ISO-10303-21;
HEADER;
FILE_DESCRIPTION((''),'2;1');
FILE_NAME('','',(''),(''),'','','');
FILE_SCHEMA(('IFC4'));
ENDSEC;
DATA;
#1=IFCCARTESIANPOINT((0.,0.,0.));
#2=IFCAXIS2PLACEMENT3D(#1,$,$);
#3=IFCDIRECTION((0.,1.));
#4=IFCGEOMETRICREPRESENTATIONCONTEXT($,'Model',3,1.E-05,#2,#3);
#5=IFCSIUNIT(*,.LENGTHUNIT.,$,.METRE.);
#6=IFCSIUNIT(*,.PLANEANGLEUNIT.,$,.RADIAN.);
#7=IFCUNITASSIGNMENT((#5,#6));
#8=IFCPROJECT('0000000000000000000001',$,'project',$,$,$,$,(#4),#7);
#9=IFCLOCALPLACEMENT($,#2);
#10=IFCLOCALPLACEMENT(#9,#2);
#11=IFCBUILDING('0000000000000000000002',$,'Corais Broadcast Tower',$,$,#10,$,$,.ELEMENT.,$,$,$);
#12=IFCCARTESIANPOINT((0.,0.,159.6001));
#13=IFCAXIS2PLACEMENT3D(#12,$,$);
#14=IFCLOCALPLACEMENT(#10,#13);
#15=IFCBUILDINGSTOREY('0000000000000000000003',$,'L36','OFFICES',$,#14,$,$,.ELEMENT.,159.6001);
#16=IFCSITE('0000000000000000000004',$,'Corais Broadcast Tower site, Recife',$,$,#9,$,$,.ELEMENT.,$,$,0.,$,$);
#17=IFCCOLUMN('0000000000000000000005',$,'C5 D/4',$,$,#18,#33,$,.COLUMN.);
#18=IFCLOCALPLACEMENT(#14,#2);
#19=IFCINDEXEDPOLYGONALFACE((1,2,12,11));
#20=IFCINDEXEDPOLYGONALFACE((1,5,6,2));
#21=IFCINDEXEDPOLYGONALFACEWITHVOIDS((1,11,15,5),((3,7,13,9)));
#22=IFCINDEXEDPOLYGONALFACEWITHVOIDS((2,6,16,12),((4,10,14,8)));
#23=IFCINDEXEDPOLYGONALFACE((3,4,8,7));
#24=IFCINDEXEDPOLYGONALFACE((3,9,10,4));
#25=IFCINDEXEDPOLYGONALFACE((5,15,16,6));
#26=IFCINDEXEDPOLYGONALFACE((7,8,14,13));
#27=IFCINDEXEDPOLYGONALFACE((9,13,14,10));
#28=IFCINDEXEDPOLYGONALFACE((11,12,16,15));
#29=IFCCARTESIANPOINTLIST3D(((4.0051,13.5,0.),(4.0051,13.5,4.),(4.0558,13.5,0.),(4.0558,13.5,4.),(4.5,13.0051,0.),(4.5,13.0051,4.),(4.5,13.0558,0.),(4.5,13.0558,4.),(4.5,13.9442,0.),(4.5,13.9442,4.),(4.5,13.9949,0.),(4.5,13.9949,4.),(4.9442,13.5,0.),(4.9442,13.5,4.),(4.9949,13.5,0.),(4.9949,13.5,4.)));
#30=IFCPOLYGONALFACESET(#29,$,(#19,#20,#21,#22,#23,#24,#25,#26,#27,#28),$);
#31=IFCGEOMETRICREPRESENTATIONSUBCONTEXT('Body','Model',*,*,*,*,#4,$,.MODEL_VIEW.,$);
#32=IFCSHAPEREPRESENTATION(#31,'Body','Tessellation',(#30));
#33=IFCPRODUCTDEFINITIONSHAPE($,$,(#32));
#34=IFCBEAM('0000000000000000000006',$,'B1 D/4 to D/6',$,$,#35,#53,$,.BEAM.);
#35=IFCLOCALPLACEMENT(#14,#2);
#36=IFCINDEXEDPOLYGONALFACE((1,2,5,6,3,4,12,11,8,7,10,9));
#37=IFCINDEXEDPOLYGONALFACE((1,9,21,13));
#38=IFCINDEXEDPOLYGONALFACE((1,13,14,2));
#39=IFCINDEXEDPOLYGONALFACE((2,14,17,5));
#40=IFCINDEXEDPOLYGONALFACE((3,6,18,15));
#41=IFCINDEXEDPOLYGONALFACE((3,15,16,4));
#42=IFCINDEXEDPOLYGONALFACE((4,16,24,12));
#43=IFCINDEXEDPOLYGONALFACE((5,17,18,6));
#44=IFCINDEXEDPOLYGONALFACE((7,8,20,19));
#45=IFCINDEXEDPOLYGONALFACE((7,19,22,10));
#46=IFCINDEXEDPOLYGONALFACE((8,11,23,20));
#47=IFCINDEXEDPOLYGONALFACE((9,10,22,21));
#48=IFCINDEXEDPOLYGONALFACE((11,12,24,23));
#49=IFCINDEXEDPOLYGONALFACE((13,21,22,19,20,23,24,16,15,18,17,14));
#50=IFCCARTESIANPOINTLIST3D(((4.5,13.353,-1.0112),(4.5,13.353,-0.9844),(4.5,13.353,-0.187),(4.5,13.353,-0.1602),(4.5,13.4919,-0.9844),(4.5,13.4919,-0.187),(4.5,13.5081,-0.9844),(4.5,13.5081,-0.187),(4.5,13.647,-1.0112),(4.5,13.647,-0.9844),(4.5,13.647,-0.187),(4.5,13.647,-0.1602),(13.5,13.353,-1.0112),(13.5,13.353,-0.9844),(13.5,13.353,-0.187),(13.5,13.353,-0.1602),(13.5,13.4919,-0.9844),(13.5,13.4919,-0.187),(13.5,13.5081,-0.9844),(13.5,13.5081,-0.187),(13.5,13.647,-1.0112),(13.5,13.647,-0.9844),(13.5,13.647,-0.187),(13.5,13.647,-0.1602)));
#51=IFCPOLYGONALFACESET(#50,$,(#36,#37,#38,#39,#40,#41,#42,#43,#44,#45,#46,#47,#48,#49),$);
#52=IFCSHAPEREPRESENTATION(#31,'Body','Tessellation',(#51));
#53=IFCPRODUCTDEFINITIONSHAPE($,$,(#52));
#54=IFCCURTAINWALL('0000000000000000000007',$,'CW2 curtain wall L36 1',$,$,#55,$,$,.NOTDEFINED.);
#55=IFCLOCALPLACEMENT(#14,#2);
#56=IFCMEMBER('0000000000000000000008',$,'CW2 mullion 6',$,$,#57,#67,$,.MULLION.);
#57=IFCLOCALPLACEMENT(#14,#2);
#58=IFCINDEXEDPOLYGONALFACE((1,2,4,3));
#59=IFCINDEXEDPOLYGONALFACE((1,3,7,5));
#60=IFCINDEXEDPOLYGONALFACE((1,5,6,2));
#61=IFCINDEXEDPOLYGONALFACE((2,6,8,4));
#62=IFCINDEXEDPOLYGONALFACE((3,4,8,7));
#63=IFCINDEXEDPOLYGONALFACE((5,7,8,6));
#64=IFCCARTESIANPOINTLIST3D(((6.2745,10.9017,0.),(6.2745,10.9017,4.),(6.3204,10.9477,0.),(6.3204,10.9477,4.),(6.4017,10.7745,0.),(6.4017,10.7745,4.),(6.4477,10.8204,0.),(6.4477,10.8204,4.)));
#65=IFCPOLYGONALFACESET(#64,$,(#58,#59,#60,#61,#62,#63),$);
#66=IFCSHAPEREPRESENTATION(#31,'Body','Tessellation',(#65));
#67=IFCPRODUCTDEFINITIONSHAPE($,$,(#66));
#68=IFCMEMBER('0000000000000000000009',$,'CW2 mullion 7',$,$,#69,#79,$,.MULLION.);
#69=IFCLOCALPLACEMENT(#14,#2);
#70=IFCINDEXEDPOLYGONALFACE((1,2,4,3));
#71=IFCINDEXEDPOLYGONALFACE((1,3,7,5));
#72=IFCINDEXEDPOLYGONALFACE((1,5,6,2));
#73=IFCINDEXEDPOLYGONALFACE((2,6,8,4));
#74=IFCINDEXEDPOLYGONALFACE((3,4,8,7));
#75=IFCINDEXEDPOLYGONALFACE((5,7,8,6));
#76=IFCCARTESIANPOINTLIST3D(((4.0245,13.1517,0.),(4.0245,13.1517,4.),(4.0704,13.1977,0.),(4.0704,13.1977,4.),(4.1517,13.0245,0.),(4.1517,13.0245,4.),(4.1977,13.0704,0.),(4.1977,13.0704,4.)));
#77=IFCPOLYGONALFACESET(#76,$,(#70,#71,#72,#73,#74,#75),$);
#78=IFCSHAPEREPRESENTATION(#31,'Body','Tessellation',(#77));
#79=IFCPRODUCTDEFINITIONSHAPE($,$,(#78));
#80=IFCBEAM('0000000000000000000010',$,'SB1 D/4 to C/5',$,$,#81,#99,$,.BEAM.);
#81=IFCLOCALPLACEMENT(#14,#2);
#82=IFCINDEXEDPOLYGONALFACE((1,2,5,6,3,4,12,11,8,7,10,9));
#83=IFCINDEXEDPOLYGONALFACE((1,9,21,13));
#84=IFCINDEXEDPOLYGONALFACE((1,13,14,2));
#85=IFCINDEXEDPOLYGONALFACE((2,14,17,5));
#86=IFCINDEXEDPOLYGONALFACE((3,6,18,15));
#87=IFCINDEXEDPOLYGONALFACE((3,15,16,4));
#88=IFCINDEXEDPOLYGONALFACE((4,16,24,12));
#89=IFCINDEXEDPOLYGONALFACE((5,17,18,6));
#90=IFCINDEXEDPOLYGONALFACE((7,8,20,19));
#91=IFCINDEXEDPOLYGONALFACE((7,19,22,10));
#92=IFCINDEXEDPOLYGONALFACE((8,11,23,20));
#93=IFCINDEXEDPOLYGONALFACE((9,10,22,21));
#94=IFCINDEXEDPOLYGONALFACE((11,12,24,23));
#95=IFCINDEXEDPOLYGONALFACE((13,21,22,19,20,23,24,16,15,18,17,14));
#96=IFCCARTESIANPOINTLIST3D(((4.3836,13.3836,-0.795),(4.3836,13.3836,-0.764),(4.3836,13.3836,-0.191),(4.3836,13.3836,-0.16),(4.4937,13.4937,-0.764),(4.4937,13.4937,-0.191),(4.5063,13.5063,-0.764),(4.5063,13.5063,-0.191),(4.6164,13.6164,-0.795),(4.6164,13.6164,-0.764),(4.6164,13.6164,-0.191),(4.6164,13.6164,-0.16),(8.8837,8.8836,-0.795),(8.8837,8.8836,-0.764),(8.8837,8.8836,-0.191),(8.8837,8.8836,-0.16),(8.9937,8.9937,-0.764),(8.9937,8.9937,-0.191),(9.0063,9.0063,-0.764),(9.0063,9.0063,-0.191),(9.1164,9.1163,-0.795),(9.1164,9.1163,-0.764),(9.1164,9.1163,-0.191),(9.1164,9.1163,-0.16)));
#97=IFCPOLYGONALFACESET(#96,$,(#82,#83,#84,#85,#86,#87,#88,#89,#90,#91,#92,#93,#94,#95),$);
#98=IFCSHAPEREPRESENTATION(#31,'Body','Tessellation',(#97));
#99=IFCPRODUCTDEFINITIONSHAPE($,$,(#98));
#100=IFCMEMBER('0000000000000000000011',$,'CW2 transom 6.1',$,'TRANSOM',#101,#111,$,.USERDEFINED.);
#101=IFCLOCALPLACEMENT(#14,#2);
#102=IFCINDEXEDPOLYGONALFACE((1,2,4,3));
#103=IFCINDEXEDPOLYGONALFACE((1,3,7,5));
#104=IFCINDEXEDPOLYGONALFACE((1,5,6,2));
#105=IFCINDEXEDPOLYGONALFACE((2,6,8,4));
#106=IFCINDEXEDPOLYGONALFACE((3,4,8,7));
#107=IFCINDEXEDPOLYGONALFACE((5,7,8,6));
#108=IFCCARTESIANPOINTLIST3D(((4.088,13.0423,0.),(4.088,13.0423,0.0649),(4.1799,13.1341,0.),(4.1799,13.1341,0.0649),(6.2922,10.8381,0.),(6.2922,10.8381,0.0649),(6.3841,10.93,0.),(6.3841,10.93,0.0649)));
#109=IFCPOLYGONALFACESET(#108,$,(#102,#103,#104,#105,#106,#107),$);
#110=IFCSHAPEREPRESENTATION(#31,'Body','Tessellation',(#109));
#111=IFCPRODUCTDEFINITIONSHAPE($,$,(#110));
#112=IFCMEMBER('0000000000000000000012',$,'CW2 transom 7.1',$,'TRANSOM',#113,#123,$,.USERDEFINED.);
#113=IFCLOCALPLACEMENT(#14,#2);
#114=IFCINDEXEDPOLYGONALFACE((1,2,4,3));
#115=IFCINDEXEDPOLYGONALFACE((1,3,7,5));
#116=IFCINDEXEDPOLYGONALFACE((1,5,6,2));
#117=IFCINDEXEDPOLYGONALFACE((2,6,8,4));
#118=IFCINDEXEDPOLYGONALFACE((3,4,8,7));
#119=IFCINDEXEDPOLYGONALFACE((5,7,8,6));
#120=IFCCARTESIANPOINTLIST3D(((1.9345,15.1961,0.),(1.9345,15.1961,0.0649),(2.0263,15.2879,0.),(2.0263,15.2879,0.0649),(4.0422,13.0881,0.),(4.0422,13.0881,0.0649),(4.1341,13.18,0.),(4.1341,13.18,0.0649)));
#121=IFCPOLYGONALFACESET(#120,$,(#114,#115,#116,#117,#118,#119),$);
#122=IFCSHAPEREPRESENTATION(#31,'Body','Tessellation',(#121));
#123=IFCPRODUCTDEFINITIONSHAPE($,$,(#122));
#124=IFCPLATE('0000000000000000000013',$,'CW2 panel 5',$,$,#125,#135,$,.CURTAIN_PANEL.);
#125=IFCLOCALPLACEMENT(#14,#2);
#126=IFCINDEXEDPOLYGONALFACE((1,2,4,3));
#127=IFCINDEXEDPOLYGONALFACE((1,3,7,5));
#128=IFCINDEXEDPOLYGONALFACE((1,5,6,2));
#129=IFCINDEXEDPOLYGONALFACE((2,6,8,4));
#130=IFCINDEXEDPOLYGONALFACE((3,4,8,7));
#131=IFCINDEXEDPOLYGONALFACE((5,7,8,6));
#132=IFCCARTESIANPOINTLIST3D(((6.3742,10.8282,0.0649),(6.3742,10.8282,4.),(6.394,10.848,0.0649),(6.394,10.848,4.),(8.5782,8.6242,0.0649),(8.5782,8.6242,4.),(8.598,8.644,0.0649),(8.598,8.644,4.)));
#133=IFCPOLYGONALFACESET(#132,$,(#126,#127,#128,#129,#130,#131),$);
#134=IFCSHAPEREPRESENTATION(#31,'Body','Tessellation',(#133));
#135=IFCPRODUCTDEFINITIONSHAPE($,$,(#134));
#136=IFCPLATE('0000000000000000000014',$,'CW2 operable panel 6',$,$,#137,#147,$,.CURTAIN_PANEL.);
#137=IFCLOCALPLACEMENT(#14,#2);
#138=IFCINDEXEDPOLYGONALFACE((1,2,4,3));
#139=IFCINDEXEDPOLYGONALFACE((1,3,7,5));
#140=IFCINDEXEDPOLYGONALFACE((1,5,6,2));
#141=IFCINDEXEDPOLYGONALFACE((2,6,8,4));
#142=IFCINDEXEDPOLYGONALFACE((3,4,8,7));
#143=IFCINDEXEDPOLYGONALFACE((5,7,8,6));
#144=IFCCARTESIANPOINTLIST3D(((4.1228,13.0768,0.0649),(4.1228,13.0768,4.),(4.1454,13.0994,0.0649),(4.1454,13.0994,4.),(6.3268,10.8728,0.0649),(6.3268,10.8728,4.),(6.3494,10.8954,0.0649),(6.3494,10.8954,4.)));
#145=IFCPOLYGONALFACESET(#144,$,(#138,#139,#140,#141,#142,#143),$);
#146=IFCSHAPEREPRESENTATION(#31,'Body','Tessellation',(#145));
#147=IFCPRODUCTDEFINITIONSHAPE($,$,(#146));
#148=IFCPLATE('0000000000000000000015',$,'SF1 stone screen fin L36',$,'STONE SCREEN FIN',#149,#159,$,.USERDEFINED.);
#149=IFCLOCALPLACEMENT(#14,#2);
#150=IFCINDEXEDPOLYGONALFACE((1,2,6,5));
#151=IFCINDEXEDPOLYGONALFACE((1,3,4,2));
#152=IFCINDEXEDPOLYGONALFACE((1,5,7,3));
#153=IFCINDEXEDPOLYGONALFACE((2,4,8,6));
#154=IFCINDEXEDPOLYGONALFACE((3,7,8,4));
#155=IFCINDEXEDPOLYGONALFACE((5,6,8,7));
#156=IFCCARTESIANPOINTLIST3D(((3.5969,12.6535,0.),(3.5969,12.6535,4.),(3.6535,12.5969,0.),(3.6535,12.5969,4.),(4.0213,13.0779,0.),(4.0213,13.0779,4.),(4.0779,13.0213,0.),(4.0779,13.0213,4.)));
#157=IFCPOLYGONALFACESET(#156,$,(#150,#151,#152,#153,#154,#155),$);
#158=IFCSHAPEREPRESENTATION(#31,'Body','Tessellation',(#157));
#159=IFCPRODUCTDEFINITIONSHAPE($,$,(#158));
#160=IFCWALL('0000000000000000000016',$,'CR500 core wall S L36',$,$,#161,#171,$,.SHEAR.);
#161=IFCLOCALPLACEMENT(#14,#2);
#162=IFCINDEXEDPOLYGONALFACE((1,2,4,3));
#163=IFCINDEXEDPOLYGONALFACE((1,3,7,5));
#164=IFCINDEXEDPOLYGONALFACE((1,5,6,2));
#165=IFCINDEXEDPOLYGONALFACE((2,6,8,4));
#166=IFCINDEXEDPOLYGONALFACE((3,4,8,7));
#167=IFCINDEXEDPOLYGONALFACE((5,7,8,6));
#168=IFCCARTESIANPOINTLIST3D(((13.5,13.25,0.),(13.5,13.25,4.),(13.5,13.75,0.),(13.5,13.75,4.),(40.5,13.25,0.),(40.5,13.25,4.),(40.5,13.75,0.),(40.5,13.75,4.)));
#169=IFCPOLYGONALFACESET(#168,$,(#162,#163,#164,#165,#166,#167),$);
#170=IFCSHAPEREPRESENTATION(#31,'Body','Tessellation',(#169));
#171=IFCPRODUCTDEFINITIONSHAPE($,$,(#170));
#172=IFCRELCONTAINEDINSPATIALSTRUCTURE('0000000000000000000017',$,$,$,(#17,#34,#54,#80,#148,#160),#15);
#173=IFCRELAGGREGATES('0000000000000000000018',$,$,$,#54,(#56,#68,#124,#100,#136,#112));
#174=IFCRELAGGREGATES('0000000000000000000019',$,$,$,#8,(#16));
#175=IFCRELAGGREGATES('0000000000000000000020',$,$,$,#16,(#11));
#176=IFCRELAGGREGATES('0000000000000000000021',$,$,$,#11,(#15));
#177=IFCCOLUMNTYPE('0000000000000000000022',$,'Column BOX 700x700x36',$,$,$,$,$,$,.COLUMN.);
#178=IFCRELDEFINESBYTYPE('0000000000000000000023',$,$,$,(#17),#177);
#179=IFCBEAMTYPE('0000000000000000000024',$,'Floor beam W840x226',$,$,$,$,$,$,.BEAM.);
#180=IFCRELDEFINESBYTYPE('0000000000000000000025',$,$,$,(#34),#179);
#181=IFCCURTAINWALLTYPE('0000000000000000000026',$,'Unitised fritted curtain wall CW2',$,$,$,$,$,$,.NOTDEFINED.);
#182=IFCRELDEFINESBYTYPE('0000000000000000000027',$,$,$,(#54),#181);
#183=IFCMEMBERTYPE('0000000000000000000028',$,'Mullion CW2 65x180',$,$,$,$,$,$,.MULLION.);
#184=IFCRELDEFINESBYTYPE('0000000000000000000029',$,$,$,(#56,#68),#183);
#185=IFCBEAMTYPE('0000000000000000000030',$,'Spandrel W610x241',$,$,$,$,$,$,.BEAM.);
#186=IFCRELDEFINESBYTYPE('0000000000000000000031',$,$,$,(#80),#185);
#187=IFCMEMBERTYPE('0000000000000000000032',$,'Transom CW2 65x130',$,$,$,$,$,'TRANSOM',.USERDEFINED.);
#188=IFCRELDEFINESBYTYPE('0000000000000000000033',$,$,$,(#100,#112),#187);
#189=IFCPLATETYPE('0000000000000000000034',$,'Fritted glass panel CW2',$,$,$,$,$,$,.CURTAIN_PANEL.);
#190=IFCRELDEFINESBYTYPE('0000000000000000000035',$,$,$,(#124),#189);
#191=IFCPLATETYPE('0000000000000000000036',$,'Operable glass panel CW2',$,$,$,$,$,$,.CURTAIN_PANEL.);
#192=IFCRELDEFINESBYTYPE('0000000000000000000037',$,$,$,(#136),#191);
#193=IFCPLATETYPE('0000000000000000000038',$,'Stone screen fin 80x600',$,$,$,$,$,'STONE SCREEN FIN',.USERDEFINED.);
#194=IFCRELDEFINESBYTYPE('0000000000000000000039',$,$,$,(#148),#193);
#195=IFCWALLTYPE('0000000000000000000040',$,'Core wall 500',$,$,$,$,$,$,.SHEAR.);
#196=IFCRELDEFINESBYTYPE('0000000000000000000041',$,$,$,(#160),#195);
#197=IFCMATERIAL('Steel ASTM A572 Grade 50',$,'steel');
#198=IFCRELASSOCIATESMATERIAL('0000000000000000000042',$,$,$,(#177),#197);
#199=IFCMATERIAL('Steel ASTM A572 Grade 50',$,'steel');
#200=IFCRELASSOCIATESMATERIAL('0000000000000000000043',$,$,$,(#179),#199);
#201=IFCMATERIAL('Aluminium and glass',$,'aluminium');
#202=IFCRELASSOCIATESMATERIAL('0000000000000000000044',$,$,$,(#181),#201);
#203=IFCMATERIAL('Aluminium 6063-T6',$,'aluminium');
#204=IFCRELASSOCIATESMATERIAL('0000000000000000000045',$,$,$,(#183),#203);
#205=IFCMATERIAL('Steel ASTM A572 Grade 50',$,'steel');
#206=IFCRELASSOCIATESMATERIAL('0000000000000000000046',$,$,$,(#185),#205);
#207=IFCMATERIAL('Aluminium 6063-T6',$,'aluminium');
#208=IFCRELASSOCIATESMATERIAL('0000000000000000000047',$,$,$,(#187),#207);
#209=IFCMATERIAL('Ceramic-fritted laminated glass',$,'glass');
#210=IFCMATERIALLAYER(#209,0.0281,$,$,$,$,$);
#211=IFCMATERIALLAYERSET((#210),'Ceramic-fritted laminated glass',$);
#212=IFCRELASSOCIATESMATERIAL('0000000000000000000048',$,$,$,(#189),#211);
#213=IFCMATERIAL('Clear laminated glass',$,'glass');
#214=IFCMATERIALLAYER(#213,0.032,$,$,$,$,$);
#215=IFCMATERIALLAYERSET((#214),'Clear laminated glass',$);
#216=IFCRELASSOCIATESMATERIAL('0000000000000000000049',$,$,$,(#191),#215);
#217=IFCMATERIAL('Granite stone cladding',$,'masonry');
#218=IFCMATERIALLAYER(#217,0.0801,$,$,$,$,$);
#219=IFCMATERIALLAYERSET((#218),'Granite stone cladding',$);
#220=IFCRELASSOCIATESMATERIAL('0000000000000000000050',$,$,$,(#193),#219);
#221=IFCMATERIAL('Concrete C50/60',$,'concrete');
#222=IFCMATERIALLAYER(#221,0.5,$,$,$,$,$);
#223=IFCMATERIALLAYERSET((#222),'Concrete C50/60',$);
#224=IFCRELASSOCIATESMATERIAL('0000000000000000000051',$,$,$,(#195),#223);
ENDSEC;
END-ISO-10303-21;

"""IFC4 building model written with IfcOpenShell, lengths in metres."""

from ifc_helpers import new_model, si_unit, direction, frame, frame_2d, origin, origin_2d, place, context, subcontext, project, spatial, rectangle, hollow_rectangle, i_section, extrude, material, layer, layer_set, material_profile, profile_set, type_object, element, aggregate, save


model = new_model("IFC4")

# Units and contexts
model_context = context("Model", 3, precision=1e-05, world=origin(), true_north=direction((0.0, 1.0)))
body_context = subcontext(model_context, "Body", "Model", "MODEL_VIEW")
ifc_project = project(units=[si_unit("LENGTHUNIT", "METRE"), si_unit("PLANEANGLEUNIT", "RADIAN")], contexts=[model_context])

# Site, building, storey
site_placement = place(None, origin())
site = spatial("IfcSite", under=ifc_project, at=site_placement, Name="Corais Broadcast Tower site, Recife", CompositionType="ELEMENT", RefElevation=0.0)
building_placement = place(site_placement, origin())
building = spatial("IfcBuilding", under=site, at=building_placement, Name="Corais Broadcast Tower", CompositionType="ELEMENT")
storey_placement = place(building_placement, frame((0.0, 0.0, 159.6001)))
storey = spatial("IfcBuildingStorey", under=building, at=storey_placement, Name="L36", Description="OFFICES", CompositionType="ELEMENT", Elevation=159.6001)

# Column
ifc_material_1 = material(Name="Steel ASTM A572 Grade 50", Category="steel")
ifc_material_profile_1 = material_profile(ifc_material_1, hollow_rectangle(XDim=0.7, YDim=0.7, WallThickness=0.0359, at=origin_2d()), Name="BOX 700x700x36")
ifc_profile_set_1 = profile_set([ifc_material_profile_1], Name="Steel ASTM A572 Grade 50")
column_type = type_object("IfcColumnType", Name="Column BOX 700x700x36", PredefinedType="COLUMN", material=ifc_profile_set_1)
column_placement = place(storey_placement, frame((4.5, 13.5, 0.0), z_axis=(0.0, 0.0, 1.0), x_axis=(0.707107, 0.707107, 0.0)))
element("IfcColumn", 1, at=column_placement, inside=storey, type_object=column_type, Name="C5 D/4", PredefinedType="COLUMN", context=body_context, shape_type="SweptSolid", body=[
    extrude(hollow_rectangle(XDim=0.7, YDim=0.7, WallThickness=0.0359, at=origin_2d()), origin(), (0.0, 0.0, 1.0), 4.0),
])

# Beam
ifc_material_2 = material(Name="Steel ASTM A572 Grade 50", Category="steel")
ifc_material_profile_2 = material_profile(ifc_material_2, i_section(OverallWidth=0.2939, OverallDepth=0.8511, WebThickness=0.0161, FlangeThickness=0.0269, at=origin_2d()), Name="W840x226")
ifc_profile_set_2 = profile_set([ifc_material_profile_2], Name="Steel ASTM A572 Grade 50")
beam_type_1 = type_object("IfcBeamType", Name="Floor beam W840x226", PredefinedType="BEAM", material=ifc_profile_set_2)
beam_1_placement = place(storey_placement, frame((4.5, 13.5, -0.5857), z_axis=(1.0, 0.0, 0.0), x_axis=(0.0, 1.0, 0.0)))
element("IfcBeam", 2, at=beam_1_placement, inside=storey, type_object=beam_type_1, Name="B1 D/4 to D/6", PredefinedType="BEAM", context=body_context, shape_type="SweptSolid", body=[
    extrude(i_section(OverallWidth=0.2939, OverallDepth=0.8511, WebThickness=0.0161, FlangeThickness=0.0269, at=origin_2d()), origin(), (0.0, 0.0, 1.0), 9.0),
])

# Curtain wall, members
ifc_material_3 = material(Name="Aluminium and glass", Category="aluminium")
curtain_wall_type = type_object("IfcCurtainWallType", Name="Unitised fritted curtain wall CW2", PredefinedType="NOTDEFINED", material=ifc_material_3)
curtain_wall_placement = place(storey_placement, origin())
curtain_wall = element("IfcCurtainWall", 3, at=curtain_wall_placement, inside=storey, type_object=curtain_wall_type, Name="CW2 curtain wall L36 1", PredefinedType="NOTDEFINED")
ifc_material_4 = material(Name="Aluminium 6063-T6", Category="aluminium")
ifc_material_profile_3 = material_profile(ifc_material_4, rectangle(XDim=0.0649, YDim=0.1799, at=origin_2d()), Name="Mullion CW2 65x180")
ifc_profile_set_3 = profile_set([ifc_material_profile_3], Name="Aluminium 6063-T6")
member_type_1 = type_object("IfcMemberType", Name="Mullion CW2 65x180", PredefinedType="MULLION", material=ifc_profile_set_3)
member_1_placement = place(storey_placement, frame((6.3611, 10.8611, 0.0), z_axis=(0.0, 0.0, 1.0), x_axis=(-0.707107, -0.707107, 0.0)))
member_1 = element("IfcMember", 4, at=member_1_placement, type_object=member_type_1, Name="CW2 mullion 6", PredefinedType="MULLION", context=body_context, shape_type="SweptSolid", body=[
    extrude(rectangle(XDim=0.0649, YDim=0.1799, at=origin_2d()), origin(), (0.0, 0.0, 1.0), 4.0),
])
member_2_placement = place(storey_placement, frame((4.1111, 13.1111, 0.0), z_axis=(0.0, 0.0, 1.0), x_axis=(-0.707107, -0.707107, 0.0)))
member_2 = element("IfcMember", 5, at=member_2_placement, type_object=member_type_1, Name="CW2 mullion 7", PredefinedType="MULLION", context=body_context, shape_type="SweptSolid", body=[
    extrude(rectangle(XDim=0.0649, YDim=0.1799, at=origin_2d()), origin(), (0.0, 0.0, 1.0), 4.0),
])

# Beam
ifc_material_5 = material(Name="Steel ASTM A572 Grade 50", Category="steel")
ifc_material_profile_4 = material_profile(ifc_material_5, i_section(OverallWidth=0.3291, OverallDepth=0.635, WebThickness=0.0178, FlangeThickness=0.031, at=origin_2d()), Name="W610x241")
ifc_profile_set_4 = profile_set([ifc_material_profile_4], Name="Steel ASTM A572 Grade 50")
beam_type_2 = type_object("IfcBeamType", Name="Spandrel W610x241", PredefinedType="BEAM", material=ifc_profile_set_4)
beam_2_placement = place(storey_placement, frame((4.5, 13.5, -0.4775), z_axis=(0.707107, -0.707107, 0.0), x_axis=(0.707107, 0.707107, 0.0)))
element("IfcBeam", 6, at=beam_2_placement, inside=storey, type_object=beam_type_2, Name="SB1 D/4 to C/5", PredefinedType="BEAM", context=body_context, shape_type="SweptSolid", body=[
    extrude(i_section(OverallWidth=0.3291, OverallDepth=0.635, WebThickness=0.0178, FlangeThickness=0.031, at=origin_2d()), origin(), (0.0, 0.0, 1.0), 6.364),
])

# Members
ifc_material_6 = material(Name="Aluminium 6063-T6", Category="aluminium")
ifc_material_profile_5 = material_profile(ifc_material_6, rectangle(XDim=0.1299, YDim=0.0649, at=origin_2d()), Name="Transom CW2 65x130")
ifc_profile_set_5 = profile_set([ifc_material_profile_5], Name="Aluminium 6063-T6")
member_type_2 = type_object("IfcMemberType", Name="Transom CW2 65x130", ElementType="TRANSOM", PredefinedType="USERDEFINED", material=ifc_profile_set_5)
member_3_placement = place(storey_placement, frame((6.3381, 10.884, 0.0325), z_axis=(-0.707107, 0.707107, 0.0), x_axis=(-0.707107, -0.707107, 0.0)))
member_3 = element("IfcMember", 7, at=member_3_placement, type_object=member_type_2, Name="CW2 transom 6.1", ObjectType="TRANSOM", PredefinedType="USERDEFINED", context=body_context, shape_type="SweptSolid", body=[
    extrude(rectangle(XDim=0.1299, YDim=0.0649, at=origin_2d()), origin(), (0.0, 0.0, 1.0), 3.1172),
])
member_4_placement = place(storey_placement, frame((4.0881, 13.134, 0.0325), z_axis=(-0.707066, 0.707148, 0.0), x_axis=(-0.707148, -0.707066, 0.0)))
member_4 = element("IfcMember", 8, at=member_4_placement, type_object=member_type_2, Name="CW2 transom 7.1", ObjectType="TRANSOM", PredefinedType="USERDEFINED", context=body_context, shape_type="SweptSolid", body=[
    extrude(rectangle(XDim=0.1299, YDim=0.0649, at=origin_2d()), origin(), (0.0, 0.0, 1.0), 2.981),
])

# Plates
ifc_material_7 = material(Name="Ceramic-fritted laminated glass", Category="glass")
ifc_layer_1 = layer(ifc_material_7, 0.0281)
ifc_layer_set_1 = layer_set([ifc_layer_1], Name="Ceramic-fritted laminated glass")
plate_type_1 = type_object("IfcPlateType", Name="Fritted glass panel CW2", PredefinedType="CURTAIN_PANEL", material=ifc_layer_set_1)
plate_1_placement = place(storey_placement, frame((7.4861, 9.7361, 0.0649), z_axis=(0.0, 0.0, 1.0), x_axis=(-0.707107, 0.707107, 0.0)))
plate_1 = element("IfcPlate", 9, at=plate_1_placement, type_object=plate_type_1, Name="CW2 panel 5", PredefinedType="CURTAIN_PANEL", context=body_context, shape_type="SweptSolid", body=[
    extrude(rectangle(XDim=3.1169, YDim=0.0281, at=origin_2d()), origin(), (0.0, 0.0, 1.0), 3.9351),
])
ifc_material_8 = material(Name="Clear laminated glass", Category="glass")
ifc_layer_2 = layer(ifc_material_8, 0.032)
ifc_layer_set_2 = layer_set([ifc_layer_2], Name="Clear laminated glass")
plate_type_2 = type_object("IfcPlateType", Name="Operable glass panel CW2", PredefinedType="CURTAIN_PANEL", material=ifc_layer_set_2)
plate_2_placement = place(storey_placement, frame((5.2361, 11.9861, 0.0649), z_axis=(0.0, 0.0, 1.0), x_axis=(-0.707107, 0.707107, 0.0)))
plate_2 = element("IfcPlate", 10, at=plate_2_placement, type_object=plate_type_2, Name="CW2 operable panel 6", PredefinedType="CURTAIN_PANEL", context=body_context, shape_type="SweptSolid", body=[
    extrude(rectangle(XDim=3.1169, YDim=0.032, at=origin_2d()), origin(), (0.0, 0.0, 1.0), 3.9351),
])
aggregate(curtain_wall, [member_1, member_2, plate_1, member_3, plate_2, member_4])
ifc_material_9 = material(Name="Granite stone cladding", Category="masonry")
ifc_layer_3 = layer(ifc_material_9, 0.0801)
ifc_layer_set_3 = layer_set([ifc_layer_3], Name="Granite stone cladding")
plate_type_3 = type_object("IfcPlateType", Name="Stone screen fin 80x600", ElementType="STONE SCREEN FIN", PredefinedType="USERDEFINED", material=ifc_layer_set_3)
plate_3_placement = place(storey_placement, frame((3.8374, 12.8374, 0.0), z_axis=(0.0, 0.0, 1.0), x_axis=(-0.707107, 0.707107, 0.0)))
element("IfcPlate", 11, at=plate_3_placement, inside=storey, type_object=plate_type_3, Name="SF1 stone screen fin L36", ObjectType="STONE SCREEN FIN", PredefinedType="USERDEFINED", context=body_context, shape_type="SweptSolid", body=[
    extrude(rectangle(XDim=0.0801, YDim=0.6001, at=origin_2d()), origin(), (0.0, 0.0, 1.0), 4.0),
])

# Wall
ifc_material_10 = material(Name="Concrete C50/60", Category="concrete")
ifc_layer_4 = layer(ifc_material_10, 0.5)
ifc_layer_set_4 = layer_set([ifc_layer_4], Name="Concrete C50/60")
wall_type_1 = type_object("IfcWallType", Name="Core wall 500", PredefinedType="SHEAR", material=ifc_layer_set_4)
wall_1_placement = place(storey_placement, frame((13.5, 13.5, 0.0), z_axis=(0.0, 0.0, 1.0), x_axis=(1.0, 0.0, 0.0)))
element("IfcWall", 12, at=wall_1_placement, inside=storey, type_object=wall_type_1, Name="CR500 core wall S L36", PredefinedType="SHEAR", context=body_context, shape_type="SweptSolid", body=[
    extrude(rectangle(XDim=27.0, YDim=0.5, at=frame_2d((13.5, 0.0))), origin(), (0.0, 0.0, 1.0), 4.0),
])

save(model, "model.ifc")
